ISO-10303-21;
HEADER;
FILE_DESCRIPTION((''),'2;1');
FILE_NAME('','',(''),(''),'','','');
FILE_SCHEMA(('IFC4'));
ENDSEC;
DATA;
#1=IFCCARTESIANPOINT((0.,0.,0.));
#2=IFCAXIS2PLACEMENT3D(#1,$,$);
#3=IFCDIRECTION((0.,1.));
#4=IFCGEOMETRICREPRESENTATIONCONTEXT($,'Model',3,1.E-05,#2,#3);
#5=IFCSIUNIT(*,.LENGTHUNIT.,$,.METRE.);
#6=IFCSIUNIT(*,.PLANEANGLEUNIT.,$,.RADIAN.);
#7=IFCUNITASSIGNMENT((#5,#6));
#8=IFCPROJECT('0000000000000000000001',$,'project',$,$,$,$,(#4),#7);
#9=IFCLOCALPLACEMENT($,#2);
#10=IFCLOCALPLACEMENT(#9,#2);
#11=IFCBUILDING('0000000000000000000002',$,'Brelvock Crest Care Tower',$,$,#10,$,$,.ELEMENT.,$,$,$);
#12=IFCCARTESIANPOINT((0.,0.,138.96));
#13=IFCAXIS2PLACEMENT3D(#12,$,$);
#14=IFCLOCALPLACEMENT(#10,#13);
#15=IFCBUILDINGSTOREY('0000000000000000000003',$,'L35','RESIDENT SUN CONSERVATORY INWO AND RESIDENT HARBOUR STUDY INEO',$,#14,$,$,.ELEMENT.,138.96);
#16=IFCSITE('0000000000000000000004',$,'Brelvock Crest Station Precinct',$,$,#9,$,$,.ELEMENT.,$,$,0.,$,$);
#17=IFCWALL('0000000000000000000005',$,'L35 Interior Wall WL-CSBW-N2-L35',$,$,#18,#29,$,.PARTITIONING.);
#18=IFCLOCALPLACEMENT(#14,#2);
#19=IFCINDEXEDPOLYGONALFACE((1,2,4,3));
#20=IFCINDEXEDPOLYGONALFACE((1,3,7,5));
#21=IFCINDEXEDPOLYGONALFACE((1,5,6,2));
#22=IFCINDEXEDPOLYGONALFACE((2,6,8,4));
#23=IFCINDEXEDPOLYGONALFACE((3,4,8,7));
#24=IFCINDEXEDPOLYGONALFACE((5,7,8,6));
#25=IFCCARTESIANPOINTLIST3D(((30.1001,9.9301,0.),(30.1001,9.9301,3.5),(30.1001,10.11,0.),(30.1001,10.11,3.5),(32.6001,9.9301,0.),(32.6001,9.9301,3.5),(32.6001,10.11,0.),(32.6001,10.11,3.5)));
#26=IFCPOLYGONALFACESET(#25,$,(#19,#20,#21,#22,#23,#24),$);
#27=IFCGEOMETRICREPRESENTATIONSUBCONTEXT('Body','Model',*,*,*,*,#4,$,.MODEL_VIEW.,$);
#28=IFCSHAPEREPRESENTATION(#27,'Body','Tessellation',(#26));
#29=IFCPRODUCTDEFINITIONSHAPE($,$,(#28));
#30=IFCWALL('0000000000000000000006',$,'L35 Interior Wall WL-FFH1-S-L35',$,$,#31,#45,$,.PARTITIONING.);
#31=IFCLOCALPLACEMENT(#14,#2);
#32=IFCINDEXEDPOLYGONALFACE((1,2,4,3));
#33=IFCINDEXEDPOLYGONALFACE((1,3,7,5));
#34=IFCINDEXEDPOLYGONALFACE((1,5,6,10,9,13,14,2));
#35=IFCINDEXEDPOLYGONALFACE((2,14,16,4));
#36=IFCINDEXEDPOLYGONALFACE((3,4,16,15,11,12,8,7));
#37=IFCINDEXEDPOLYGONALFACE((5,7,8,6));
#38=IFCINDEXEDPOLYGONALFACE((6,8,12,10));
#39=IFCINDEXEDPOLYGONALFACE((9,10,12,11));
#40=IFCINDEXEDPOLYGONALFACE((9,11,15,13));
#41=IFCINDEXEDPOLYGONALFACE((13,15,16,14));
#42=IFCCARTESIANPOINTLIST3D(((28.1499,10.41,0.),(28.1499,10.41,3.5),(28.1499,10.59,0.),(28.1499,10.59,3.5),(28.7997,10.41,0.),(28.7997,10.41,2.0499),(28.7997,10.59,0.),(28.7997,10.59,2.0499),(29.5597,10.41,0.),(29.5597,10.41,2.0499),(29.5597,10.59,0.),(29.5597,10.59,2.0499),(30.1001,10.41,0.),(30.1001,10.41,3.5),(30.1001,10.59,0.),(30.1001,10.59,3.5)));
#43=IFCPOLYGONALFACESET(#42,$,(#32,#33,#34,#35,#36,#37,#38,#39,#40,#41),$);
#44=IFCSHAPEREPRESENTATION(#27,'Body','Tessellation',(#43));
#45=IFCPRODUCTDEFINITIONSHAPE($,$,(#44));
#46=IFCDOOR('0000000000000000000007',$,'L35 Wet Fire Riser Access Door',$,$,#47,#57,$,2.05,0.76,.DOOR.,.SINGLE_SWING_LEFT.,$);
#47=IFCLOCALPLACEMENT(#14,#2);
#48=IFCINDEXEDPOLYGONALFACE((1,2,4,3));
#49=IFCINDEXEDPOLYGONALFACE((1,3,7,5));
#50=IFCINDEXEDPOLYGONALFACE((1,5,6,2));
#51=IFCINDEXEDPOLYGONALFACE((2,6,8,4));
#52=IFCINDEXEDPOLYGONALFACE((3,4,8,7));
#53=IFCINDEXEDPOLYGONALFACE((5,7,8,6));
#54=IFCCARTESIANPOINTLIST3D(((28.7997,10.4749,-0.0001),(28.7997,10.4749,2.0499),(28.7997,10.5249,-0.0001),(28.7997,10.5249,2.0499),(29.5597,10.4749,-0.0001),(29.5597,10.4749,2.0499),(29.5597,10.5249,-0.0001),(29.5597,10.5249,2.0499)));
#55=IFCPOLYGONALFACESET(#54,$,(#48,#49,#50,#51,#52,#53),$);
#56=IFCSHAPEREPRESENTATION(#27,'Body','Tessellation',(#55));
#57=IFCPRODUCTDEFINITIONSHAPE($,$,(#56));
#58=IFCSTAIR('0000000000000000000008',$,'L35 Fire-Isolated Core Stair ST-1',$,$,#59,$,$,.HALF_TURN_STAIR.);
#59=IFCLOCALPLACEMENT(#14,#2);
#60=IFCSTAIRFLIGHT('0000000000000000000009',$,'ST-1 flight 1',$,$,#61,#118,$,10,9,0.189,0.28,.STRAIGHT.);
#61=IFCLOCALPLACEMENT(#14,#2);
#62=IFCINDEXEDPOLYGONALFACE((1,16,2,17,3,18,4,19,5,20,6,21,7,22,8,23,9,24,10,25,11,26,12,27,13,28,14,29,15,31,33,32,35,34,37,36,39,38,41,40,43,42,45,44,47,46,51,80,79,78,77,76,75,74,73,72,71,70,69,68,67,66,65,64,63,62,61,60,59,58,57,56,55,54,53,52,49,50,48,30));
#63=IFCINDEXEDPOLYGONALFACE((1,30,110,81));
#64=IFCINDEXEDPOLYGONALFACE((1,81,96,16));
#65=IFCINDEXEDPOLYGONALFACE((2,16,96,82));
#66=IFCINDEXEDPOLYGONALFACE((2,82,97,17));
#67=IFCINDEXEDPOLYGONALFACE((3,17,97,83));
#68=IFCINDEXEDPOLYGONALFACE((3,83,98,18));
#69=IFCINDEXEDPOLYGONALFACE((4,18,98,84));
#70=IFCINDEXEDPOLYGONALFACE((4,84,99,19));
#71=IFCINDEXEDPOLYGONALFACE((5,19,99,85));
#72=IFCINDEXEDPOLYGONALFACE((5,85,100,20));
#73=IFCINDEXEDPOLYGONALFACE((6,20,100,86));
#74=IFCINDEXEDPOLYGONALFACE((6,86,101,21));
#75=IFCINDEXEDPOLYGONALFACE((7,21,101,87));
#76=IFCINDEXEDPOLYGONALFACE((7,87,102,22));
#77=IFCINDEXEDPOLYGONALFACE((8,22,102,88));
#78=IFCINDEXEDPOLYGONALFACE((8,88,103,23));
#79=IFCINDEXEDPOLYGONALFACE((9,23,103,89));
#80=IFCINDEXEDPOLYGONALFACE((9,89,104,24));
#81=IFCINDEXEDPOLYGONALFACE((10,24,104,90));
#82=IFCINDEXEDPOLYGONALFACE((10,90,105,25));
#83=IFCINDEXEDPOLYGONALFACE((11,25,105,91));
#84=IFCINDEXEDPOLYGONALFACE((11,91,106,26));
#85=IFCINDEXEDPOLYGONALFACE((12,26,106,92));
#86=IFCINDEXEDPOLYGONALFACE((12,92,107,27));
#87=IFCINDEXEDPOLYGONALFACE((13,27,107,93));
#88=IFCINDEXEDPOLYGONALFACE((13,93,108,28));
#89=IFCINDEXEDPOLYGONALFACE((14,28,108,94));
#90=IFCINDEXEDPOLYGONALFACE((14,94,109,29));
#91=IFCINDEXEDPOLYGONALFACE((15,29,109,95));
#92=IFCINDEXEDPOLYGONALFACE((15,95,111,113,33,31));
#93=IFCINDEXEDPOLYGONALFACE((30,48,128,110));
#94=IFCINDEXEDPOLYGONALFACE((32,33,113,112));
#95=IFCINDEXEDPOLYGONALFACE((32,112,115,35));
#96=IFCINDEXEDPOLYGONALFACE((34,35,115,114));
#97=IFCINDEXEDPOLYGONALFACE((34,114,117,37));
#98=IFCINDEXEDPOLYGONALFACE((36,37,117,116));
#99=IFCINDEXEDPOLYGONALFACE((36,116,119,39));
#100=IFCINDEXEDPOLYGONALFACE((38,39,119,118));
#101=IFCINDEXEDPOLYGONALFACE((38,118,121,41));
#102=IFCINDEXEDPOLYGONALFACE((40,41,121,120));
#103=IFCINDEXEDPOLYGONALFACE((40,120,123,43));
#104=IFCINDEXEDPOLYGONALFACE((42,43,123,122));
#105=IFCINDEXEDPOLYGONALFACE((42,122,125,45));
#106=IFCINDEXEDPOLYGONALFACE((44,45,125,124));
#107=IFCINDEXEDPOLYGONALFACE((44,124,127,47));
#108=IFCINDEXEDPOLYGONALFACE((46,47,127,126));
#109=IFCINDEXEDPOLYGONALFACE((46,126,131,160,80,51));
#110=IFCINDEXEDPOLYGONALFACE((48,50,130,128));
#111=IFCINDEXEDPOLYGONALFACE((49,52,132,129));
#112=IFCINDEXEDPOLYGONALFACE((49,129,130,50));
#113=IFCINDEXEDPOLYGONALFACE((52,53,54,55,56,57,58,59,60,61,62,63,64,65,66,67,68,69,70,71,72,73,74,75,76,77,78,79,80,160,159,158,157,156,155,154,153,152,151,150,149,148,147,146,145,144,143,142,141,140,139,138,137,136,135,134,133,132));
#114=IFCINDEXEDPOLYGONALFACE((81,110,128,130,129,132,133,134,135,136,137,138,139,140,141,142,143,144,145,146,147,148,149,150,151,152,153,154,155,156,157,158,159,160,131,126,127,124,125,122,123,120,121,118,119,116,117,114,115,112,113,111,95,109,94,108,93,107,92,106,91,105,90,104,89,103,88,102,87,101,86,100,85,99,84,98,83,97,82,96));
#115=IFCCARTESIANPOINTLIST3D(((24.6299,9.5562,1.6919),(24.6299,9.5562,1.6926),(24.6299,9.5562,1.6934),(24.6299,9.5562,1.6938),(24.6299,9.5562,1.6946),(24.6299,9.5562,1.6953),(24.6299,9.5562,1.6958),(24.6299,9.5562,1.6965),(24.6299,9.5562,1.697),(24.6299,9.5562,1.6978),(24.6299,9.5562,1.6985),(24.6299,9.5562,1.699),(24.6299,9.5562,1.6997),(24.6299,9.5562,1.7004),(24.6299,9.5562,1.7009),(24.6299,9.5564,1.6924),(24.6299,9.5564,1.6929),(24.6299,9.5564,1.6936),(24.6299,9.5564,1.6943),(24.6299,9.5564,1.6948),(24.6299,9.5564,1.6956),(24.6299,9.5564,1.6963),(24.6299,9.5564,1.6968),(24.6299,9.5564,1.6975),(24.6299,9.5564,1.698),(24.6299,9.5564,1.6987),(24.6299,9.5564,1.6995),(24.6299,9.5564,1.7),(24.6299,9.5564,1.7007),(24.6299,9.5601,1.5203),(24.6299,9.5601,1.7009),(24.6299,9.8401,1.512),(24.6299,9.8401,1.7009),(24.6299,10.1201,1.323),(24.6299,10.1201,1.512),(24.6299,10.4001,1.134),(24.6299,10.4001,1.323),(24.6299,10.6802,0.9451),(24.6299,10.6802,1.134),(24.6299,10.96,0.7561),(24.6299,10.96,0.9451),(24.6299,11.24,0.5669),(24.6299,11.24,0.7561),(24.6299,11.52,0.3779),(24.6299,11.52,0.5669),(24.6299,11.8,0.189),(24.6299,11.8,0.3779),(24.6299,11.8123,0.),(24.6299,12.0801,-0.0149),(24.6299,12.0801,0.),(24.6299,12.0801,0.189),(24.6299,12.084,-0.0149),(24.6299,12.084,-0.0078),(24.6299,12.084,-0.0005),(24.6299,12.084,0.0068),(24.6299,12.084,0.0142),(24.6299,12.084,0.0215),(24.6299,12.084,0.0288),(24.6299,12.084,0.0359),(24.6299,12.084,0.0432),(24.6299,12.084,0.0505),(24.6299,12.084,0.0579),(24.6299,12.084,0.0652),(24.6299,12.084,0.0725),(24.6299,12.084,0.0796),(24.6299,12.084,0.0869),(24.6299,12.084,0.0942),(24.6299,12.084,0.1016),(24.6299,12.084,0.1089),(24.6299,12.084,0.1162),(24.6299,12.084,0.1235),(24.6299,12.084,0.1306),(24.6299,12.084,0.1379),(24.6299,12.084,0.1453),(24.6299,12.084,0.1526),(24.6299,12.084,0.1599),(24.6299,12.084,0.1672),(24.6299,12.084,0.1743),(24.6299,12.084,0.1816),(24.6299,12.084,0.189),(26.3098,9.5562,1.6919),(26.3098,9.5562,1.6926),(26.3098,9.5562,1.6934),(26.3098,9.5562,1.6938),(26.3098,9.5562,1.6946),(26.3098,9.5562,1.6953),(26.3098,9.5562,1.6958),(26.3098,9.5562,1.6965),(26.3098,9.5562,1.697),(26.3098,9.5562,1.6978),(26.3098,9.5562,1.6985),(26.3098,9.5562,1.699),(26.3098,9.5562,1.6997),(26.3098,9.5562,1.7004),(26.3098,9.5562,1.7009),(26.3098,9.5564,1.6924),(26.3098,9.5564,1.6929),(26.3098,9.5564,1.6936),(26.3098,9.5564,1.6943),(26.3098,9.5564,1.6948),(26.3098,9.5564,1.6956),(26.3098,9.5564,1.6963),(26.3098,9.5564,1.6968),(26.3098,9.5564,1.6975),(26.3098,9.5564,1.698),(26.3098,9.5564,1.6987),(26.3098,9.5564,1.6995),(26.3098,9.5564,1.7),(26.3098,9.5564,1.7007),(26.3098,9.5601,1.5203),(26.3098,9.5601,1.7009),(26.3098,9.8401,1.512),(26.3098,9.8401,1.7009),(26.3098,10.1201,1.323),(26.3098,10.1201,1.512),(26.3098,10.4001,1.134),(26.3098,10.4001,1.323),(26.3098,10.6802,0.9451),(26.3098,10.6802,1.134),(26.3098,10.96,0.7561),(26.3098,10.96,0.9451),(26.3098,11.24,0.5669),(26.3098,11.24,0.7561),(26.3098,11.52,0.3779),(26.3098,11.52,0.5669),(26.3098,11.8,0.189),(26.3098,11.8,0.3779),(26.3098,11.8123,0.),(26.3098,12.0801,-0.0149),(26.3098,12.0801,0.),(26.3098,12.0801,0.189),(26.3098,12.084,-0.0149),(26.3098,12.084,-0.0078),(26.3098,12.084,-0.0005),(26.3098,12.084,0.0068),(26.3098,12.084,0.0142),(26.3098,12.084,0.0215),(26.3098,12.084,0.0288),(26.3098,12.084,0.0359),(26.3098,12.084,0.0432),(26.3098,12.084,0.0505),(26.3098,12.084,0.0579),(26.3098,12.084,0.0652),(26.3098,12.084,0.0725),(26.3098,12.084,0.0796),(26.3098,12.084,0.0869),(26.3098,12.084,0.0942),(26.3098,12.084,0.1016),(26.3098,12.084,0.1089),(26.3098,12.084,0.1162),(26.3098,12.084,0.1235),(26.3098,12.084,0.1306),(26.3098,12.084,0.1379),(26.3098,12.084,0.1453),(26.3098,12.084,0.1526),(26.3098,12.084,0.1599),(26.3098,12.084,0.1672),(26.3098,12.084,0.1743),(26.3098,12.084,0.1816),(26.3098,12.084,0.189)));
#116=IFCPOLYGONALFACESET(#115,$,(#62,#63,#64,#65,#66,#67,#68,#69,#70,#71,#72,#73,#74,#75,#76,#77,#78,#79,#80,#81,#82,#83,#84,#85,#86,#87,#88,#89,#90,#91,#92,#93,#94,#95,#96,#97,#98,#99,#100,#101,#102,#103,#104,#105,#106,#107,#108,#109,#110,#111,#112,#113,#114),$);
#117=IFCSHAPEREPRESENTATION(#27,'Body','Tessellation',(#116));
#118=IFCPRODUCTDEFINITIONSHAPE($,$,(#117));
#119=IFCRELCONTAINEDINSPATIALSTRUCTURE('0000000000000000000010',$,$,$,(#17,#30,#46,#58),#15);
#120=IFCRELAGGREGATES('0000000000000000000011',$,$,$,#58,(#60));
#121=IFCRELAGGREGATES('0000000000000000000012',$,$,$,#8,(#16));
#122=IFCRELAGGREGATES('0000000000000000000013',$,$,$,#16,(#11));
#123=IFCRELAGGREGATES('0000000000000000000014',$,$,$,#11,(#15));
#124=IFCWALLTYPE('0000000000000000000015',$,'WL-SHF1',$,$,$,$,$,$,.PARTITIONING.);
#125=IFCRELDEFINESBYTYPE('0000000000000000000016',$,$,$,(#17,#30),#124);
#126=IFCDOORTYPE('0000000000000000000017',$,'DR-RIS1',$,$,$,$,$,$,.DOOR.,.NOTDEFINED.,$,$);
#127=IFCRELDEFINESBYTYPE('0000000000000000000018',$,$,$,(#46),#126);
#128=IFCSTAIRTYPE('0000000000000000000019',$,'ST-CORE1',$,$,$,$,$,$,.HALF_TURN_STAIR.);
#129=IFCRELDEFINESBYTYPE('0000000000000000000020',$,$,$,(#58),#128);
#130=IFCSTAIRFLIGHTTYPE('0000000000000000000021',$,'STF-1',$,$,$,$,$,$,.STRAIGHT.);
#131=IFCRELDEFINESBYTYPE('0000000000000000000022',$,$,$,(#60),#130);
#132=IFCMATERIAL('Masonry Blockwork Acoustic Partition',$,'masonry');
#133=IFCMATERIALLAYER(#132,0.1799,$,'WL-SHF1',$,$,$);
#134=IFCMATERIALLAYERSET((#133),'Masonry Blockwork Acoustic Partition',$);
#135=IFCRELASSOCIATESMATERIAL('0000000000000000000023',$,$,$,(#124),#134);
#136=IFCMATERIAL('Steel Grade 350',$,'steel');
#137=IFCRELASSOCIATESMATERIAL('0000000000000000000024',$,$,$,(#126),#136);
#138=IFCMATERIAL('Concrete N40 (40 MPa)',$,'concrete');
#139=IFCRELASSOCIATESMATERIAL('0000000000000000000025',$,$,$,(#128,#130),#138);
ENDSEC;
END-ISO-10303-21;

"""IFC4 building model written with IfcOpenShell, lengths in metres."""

from ifc_helpers import new_model, si_unit, direction, frame, frame_2d, origin, origin_2d, place, context, subcontext, project, spatial, polyline, rectangle, outline, extrude, source, transform, mapped, material, layer, layer_set, type_object, element, fill, aggregate, save


model = new_model("IFC4")

# Units and contexts
model_context = context("Model", 3, precision=1e-05, world=origin(), true_north=direction((0.0, 1.0)))
body_context = subcontext(model_context, "Body", "Model", "MODEL_VIEW")
ifc_project = project(units=[si_unit("LENGTHUNIT", "METRE"), si_unit("PLANEANGLEUNIT", "RADIAN")], contexts=[model_context])

# Site, building, storey
site_placement = place(None, origin())
site = spatial("IfcSite", under=ifc_project, at=site_placement, Name="Brelvock Crest Station Precinct", CompositionType="ELEMENT", RefElevation=0.0)
building_placement = place(site_placement, origin())
building = spatial("IfcBuilding", under=site, at=building_placement, Name="Brelvock Crest Care Tower", CompositionType="ELEMENT")
storey_placement = place(building_placement, frame((0.0, 0.0, 138.96)))
storey = spatial("IfcBuildingStorey", under=building, at=storey_placement, Name="L35", Description="RESIDENT SUN CONSERVATORY INWO AND RESIDENT HARBOUR STUDY INEO", CompositionType="ELEMENT", Elevation=138.96)

# Shared definitions
ifc_material_1 = material(Name="Steel Grade 350", Category="steel")

# Wall
ifc_material_2 = material(Name="Masonry Blockwork Acoustic Partition", Category="masonry")
ifc_layer_1 = layer(ifc_material_2, 0.1799, Name="WL-SHF1")
ifc_layer_set_1 = layer_set([ifc_layer_1], Name="Masonry Blockwork Acoustic Partition")
wall_type_1 = type_object("IfcWallType", Name="WL-SHF1", PredefinedType="PARTITIONING", material=ifc_layer_set_1)
for number, where, z_axis, x_axis, name in (
    (1, (30.1001, 10.02, 0.0), (0.0, 0.0, 1.0), (1.0, 0.0, 0.0), "L35 Interior Wall WL-CSBW-N2-L35"),
):
    element("IfcWall", number, at=place(storey_placement, frame(where, z_axis=z_axis, x_axis=x_axis)), inside=storey, type_object=wall_type_1, Name=name, PredefinedType="PARTITIONING", context=body_context, shape_type="SweptSolid", body=[
        extrude(rectangle(XDim=2.5, YDim=0.1799, at=frame_2d((1.25, 0.0))), origin(), (0.0, 0.0, 1.0), 3.5),
    ])

# Wall, opening, door
wall_1_placement = place(storey_placement, frame((28.1499, 10.5, 0.0), z_axis=(0.0, 0.0, 1.0), x_axis=(1.0, 0.0, 0.0)))
wall_1 = element("IfcWall", 2, at=wall_1_placement, inside=storey, type_object=wall_type_1, Name="L35 Interior Wall WL-FFH1-S-L35", PredefinedType="PARTITIONING", context=body_context, shape_type="SweptSolid", body=[
    extrude(rectangle(XDim=1.9502, YDim=0.1799, at=frame_2d((0.9751, 0.0))), origin(), (0.0, 0.0, 1.0), 3.5),
])
opening_placement = place(wall_1_placement, frame((0.6499, 0.0, 0.0)))
opening = element("IfcOpeningElement", 3, at=opening_placement, cuts=wall_1, PredefinedType="OPENING", context=body_context, shape_type="SweptSolid", body=[
    extrude(rectangle(XDim=0.76, YDim=2.05, at=origin_2d()), frame((0.3799, 0.1001, 1.0249), z_axis=(0.0, -1.0, 0.0), x_axis=(1.0, 0.0, 0.0)), (0.0, 0.0, 1.0), 0.2),
])
door_type = type_object("IfcDoorType", Name="DR-RIS1", OperationType="NOTDEFINED", PredefinedType="DOOR", material=ifc_material_1)
shared_shape_1 = source(origin(), body_context, "Body", "SweptSolid", [
    extrude(rectangle(XDim=0.76, YDim=2.05, at=origin_2d()), frame((0.3799, 0.0249, 1.0249), z_axis=(0.0, -1.0, 0.0), x_axis=(1.0, 0.0, 0.0)), (0.0, 0.0, 1.0), 0.05),
])
door_placement = place(opening_placement, origin())
door = element("IfcDoor", 4, at=door_placement, inside=storey, type_object=door_type, Name="L35 Wet Fire Riser Access Door", OperationType="SINGLE_SWING_LEFT", OverallHeight=2.05, OverallWidth=0.76, PredefinedType="DOOR", context=body_context, shape_type="MappedRepresentation", body=[
    mapped(shared_shape_1, transform((0.0, 0.0, 0.0), x_axis=(1.0, 0.0, 0.0), y_axis=(0.0, 1.0, 0.0), z_axis=(0.0, 0.0, 1.0), scale=1.0)),
])
fill(opening, door)

# Stair, stair flight
ifc_material_3 = material(Name="Concrete N40 (40 MPa)", Category="concrete")
stair_type = type_object("IfcStairType", Name="ST-CORE1", PredefinedType="HALF_TURN_STAIR", material=ifc_material_3)
stair_placement = place(storey_placement, origin())
stair = element("IfcStair", 5, at=stair_placement, inside=storey, type_object=stair_type, Name="L35 Fire-Isolated Core Stair ST-1", PredefinedType="HALF_TURN_STAIR")
stair_flight_type = type_object("IfcStairFlightType", Name="STF-1", PredefinedType="STRAIGHT", material=ifc_material_3)
stair_flight_1_placement = place(storey_placement, frame((25.47, 12.0801, 0.0), z_axis=(0.0, 0.0, 1.0), x_axis=(0.0, -1.0, 0.0)))
stair_flight_1 = element("IfcStairFlight", 6, at=stair_flight_1_placement, type_object=stair_flight_type, Name="ST-1 flight 1", NumberOfRisers=10, NumberOfTreads=9, PredefinedType="STRAIGHT", RiserHeight=0.189, TreadLength=0.28, context=body_context, shape_type="SweptSolid", body=[
    extrude(outline(polyline([(-0.0039, -0.0149), (-0.0039, -0.0078), (-0.0039, -0.0005), (-0.0039, 0.0068), (-0.0039, 0.0142), (-0.0039, 0.0215), (-0.0039, 0.0288), (-0.0039, 0.0359), (-0.0039, 0.0432), (-0.0039, 0.0505), (-0.0039, 0.0579), (-0.0039, 0.0652), (-0.0039, 0.0725), (-0.0039, 0.0796), (-0.0039, 0.0869), (-0.0039, 0.0942), (-0.0039, 0.1016), (-0.0039, 0.1089), (-0.0039, 0.1162), (-0.0039, 0.1235), (-0.0039, 0.1306), (-0.0039, 0.1379), (-0.0039, 0.1453), (-0.0039, 0.1526), (-0.0039, 0.1599), (-0.0039, 0.1672), (-0.0039, 0.1743), (-0.0039, 0.1816), (-0.0039, 0.189), (0.0, 0.189), (0.28, 0.189), (0.28, 0.3779), (0.5601, 0.3779), (0.5601, 0.5669), (0.8401, 0.5669), (0.8401, 0.7561), (1.1201, 0.7561), (1.1201, 0.9451), (1.3999, 0.9451), (1.3999, 1.134), (1.6799, 1.134), (1.6799, 1.323), (1.96, 1.323), (1.96, 1.512), (2.24, 1.512), (2.24, 1.7009), (2.52, 1.7009), (2.5239, 1.7009), (2.5237, 1.7007), (2.5239, 1.7004), (2.5237, 1.7), (2.5239, 1.6997), (2.5237, 1.6995), (2.5239, 1.699), (2.5237, 1.6987), (2.5239, 1.6985), (2.5237, 1.698), (2.5239, 1.6978), (2.5237, 1.6975), (2.5239, 1.697), (2.5237, 1.6968), (2.5239, 1.6965), (2.5237, 1.6963), (2.5239, 1.6958), (2.5237, 1.6956), (2.5239, 1.6953), (2.5237, 1.6948), (2.5239, 1.6946), (2.5237, 1.6943), (2.5239, 1.6938), (2.5237, 1.6936), (2.5239, 1.6934), (2.5237, 1.6929), (2.5239, 1.6926), (2.5237, 1.6924), (2.5239, 1.6919), (2.52, 1.5203), (0.2678, 0.0), (0.0, 0.0), (0.0, -0.0149), (-0.0039, -0.0149)])), frame((0.0, 0.8398, 0.0), z_axis=(0.0, -1.0, 0.0), x_axis=(1.0, 0.0, 0.0)), (0.0, 0.0, 1.0), 1.6799),
])
aggregate(stair, [stair_flight_1])

save(model, "model.ifc")
